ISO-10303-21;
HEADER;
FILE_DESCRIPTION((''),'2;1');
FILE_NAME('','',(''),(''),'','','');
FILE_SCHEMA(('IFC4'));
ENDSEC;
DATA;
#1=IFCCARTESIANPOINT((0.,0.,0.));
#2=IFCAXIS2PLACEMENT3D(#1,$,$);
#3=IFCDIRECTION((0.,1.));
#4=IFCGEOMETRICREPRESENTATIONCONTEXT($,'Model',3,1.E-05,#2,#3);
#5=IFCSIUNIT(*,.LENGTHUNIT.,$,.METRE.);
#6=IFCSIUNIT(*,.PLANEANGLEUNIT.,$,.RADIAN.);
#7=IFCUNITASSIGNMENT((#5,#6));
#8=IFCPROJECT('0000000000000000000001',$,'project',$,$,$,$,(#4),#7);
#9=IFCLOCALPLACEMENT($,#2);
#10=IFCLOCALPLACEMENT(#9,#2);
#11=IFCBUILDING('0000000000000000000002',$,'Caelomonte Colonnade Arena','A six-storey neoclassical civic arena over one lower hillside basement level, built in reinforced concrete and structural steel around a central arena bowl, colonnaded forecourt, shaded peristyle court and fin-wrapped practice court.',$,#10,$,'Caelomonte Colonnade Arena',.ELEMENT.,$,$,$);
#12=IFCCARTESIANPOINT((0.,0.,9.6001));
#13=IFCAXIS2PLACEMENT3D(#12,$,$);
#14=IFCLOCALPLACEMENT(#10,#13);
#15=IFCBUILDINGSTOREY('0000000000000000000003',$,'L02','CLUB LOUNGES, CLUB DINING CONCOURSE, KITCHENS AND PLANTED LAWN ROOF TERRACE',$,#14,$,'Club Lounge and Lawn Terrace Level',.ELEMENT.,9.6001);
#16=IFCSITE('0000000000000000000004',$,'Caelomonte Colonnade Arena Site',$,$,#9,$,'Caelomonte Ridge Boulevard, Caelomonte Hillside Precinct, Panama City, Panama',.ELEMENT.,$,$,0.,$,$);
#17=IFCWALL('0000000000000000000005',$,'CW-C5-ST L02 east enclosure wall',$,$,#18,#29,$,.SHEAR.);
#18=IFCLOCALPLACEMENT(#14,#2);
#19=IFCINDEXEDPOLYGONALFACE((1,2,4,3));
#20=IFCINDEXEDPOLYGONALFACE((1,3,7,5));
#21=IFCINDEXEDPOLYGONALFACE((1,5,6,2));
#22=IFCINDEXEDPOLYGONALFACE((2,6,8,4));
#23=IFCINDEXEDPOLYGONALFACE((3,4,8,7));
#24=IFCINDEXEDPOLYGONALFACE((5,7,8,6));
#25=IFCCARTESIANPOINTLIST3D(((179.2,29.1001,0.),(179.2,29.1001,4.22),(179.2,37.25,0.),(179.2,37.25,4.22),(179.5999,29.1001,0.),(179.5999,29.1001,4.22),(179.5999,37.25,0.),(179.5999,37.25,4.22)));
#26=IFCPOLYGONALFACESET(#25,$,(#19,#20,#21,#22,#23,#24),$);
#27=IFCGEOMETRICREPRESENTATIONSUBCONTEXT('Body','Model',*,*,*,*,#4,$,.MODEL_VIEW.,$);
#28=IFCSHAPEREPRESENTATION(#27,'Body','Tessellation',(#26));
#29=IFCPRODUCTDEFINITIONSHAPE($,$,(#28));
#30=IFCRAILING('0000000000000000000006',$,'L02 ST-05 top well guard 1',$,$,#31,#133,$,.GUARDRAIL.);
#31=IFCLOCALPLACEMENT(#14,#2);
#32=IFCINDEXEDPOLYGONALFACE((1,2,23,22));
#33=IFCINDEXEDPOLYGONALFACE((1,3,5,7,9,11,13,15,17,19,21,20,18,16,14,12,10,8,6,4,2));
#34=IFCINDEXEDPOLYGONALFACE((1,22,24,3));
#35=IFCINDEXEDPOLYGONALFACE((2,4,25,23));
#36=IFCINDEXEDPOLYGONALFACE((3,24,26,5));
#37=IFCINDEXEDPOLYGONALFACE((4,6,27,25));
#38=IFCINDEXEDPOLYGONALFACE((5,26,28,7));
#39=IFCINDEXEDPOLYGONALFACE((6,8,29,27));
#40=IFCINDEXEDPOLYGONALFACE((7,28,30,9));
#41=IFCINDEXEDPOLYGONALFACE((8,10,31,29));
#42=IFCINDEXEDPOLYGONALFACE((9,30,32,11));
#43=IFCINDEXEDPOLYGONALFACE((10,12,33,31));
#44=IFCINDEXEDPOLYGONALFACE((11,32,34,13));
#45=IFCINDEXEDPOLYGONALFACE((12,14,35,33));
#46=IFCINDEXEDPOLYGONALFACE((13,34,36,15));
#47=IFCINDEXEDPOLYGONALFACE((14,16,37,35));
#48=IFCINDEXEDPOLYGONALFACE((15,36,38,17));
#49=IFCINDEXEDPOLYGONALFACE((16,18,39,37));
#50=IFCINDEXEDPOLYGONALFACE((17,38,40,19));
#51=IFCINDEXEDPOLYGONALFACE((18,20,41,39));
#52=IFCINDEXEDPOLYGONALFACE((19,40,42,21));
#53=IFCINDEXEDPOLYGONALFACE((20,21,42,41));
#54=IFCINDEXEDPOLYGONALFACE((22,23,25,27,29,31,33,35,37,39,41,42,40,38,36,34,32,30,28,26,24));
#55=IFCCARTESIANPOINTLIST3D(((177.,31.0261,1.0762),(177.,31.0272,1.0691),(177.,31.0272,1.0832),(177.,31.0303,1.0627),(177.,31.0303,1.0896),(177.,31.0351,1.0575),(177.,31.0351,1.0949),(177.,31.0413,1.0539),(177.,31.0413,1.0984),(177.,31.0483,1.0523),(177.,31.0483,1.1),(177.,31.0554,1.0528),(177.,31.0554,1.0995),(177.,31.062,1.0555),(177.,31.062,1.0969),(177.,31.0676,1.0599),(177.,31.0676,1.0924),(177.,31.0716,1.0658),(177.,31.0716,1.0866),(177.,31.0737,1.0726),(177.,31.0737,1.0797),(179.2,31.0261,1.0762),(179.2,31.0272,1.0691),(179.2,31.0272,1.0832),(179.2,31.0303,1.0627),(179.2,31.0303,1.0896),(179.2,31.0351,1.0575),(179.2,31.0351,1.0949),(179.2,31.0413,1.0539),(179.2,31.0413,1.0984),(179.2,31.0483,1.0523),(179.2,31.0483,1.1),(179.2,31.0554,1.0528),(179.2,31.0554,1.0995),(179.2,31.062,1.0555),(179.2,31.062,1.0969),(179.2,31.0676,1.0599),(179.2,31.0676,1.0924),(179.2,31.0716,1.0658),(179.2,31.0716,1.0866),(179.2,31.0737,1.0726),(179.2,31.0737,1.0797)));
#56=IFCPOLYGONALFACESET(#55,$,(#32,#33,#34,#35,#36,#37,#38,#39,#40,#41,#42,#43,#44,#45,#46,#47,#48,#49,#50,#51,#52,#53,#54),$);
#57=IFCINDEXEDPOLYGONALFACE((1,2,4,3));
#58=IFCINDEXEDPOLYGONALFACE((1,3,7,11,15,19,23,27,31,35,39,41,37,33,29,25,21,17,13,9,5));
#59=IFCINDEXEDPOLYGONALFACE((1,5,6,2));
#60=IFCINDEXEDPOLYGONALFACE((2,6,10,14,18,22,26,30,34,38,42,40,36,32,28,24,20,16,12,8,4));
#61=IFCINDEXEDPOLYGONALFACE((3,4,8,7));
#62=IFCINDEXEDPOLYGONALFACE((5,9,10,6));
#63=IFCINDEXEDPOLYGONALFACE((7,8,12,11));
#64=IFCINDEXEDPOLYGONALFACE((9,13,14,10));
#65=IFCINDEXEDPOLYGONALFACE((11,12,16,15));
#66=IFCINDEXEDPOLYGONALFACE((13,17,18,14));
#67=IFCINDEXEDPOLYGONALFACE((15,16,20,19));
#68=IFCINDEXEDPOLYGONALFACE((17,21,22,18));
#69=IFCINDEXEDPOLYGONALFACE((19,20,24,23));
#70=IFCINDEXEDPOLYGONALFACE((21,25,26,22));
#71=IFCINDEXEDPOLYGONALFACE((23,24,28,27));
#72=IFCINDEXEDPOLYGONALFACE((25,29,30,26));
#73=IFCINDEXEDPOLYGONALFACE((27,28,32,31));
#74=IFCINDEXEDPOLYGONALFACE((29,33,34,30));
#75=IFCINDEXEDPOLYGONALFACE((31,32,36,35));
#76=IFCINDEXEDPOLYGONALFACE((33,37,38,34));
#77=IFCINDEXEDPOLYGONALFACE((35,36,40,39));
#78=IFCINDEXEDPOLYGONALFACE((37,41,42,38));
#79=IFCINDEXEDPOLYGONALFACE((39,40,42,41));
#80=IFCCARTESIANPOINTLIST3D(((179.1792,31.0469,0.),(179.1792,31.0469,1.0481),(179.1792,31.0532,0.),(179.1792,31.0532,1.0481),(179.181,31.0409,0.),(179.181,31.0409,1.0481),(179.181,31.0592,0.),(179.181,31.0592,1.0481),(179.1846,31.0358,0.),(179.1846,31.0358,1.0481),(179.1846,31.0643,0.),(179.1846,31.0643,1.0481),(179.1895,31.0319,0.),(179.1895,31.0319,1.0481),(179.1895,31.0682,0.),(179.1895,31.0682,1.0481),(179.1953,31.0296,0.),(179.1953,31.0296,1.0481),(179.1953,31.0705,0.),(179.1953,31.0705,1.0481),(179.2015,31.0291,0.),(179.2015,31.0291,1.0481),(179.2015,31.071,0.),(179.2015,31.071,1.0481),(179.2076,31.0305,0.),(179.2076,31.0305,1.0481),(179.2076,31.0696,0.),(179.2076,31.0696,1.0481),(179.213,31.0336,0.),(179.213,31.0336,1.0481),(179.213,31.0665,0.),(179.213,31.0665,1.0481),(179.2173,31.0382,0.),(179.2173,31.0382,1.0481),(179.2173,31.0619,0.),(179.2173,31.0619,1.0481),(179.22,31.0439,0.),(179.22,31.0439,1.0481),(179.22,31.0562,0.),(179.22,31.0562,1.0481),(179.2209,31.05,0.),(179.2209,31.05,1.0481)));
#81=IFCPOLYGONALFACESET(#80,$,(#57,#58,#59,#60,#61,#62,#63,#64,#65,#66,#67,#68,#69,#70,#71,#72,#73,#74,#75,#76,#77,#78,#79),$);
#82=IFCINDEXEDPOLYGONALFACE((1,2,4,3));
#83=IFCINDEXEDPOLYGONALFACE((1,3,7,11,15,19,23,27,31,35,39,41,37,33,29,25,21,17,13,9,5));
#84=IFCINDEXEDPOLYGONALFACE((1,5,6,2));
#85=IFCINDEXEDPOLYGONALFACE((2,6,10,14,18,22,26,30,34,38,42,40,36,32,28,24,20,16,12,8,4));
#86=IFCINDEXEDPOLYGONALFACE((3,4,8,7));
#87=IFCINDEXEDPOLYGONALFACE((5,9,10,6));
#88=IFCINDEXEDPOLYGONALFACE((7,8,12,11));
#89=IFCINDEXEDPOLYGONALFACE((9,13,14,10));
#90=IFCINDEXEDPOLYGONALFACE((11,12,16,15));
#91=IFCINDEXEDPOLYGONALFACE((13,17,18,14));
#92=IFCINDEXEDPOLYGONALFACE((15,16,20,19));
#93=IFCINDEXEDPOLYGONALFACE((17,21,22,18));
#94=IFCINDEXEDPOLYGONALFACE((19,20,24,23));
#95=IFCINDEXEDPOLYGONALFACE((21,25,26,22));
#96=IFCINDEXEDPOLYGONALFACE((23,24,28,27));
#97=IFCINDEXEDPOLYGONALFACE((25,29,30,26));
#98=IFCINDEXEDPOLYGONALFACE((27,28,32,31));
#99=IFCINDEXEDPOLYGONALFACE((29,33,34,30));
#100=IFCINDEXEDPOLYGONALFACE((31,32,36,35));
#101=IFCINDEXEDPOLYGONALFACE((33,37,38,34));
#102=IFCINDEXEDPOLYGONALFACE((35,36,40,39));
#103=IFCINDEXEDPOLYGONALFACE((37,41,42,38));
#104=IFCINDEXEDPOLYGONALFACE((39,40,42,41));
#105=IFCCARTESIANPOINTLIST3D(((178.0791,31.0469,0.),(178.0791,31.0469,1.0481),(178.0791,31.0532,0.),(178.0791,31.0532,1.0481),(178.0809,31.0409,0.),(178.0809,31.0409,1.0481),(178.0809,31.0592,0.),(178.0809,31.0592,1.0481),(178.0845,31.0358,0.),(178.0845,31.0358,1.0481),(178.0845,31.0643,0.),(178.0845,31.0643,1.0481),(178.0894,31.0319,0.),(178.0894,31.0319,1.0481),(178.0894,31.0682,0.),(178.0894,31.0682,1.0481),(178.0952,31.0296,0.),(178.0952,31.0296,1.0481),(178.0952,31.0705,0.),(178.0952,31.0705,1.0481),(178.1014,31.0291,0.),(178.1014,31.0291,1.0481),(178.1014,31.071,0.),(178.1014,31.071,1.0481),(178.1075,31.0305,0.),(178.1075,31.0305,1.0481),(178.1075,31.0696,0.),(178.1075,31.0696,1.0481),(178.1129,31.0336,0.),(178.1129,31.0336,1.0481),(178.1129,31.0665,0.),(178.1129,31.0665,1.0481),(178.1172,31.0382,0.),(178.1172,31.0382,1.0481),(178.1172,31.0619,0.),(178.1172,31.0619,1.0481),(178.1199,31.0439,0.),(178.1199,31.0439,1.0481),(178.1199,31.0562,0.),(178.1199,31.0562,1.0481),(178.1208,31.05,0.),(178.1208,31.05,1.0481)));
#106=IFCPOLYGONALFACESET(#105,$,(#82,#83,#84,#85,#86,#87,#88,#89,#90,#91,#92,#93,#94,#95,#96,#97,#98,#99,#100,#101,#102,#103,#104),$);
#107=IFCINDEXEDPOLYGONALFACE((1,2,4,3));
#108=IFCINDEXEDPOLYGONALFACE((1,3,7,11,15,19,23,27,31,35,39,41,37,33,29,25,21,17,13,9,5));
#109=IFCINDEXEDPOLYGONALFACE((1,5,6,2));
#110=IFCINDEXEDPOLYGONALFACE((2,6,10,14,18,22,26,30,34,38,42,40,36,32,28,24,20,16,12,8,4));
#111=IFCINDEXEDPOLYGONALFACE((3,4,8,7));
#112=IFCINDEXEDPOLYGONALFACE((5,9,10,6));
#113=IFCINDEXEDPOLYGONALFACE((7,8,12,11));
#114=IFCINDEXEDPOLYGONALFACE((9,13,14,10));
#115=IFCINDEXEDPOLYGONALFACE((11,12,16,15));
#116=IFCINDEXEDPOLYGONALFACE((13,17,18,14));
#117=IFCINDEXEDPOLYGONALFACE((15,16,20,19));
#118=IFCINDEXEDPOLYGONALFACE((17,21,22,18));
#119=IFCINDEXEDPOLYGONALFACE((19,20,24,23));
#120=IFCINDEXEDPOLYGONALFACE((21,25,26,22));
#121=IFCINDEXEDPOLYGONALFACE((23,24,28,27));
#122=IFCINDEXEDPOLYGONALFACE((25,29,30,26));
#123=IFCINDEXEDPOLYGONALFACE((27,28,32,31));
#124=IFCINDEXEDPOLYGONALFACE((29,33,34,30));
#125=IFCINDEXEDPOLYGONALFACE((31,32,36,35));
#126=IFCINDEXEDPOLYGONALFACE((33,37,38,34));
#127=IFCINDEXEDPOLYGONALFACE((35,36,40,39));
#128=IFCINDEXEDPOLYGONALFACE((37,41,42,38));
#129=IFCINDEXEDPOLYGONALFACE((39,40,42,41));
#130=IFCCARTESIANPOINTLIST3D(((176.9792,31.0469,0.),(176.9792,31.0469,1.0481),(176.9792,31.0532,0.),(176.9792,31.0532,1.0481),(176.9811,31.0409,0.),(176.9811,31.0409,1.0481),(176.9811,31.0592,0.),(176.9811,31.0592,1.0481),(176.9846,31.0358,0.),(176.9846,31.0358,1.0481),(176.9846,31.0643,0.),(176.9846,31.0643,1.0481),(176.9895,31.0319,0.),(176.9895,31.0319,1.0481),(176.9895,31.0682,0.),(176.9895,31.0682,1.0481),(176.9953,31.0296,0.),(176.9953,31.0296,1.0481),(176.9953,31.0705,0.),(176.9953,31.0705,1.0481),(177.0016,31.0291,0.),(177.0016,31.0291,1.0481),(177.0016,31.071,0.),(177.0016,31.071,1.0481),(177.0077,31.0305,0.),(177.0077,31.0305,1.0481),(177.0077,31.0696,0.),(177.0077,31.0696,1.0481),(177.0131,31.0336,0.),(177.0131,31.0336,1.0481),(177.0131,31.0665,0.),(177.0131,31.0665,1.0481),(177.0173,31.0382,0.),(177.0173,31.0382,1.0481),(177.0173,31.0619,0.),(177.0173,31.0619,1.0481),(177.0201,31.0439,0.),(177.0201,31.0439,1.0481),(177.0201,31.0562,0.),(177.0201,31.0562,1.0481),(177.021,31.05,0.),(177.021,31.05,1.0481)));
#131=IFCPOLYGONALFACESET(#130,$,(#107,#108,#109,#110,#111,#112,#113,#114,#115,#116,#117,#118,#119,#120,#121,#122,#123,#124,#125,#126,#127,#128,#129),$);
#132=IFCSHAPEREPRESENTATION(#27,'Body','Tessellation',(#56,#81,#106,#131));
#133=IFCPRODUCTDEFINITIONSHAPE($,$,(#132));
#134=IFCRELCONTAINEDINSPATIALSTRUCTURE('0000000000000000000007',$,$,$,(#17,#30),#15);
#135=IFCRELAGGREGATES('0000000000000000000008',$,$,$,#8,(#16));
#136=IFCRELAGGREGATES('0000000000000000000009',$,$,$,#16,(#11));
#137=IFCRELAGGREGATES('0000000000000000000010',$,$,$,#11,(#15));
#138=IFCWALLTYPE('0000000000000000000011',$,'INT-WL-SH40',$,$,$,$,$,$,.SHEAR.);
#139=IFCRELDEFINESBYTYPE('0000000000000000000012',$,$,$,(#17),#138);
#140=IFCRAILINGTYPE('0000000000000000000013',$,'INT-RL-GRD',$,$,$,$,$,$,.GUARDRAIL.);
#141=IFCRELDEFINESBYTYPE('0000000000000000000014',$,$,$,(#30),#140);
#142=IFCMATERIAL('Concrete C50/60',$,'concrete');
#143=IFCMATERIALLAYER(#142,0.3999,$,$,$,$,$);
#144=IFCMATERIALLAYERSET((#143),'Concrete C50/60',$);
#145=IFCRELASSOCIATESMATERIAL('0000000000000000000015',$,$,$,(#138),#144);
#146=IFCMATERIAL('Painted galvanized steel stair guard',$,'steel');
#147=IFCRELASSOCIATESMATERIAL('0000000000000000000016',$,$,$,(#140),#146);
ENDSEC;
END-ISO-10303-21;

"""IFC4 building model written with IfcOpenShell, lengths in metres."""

from ifc_helpers import new_model, si_unit, direction, frame, frame_2d, origin, origin_2d, place, context, subcontext, project, spatial, rectangle, circle, extrude, material, layer, layer_set, type_object, element, save


model = new_model("IFC4")

# Units and contexts
model_context = context("Model", 3, precision=1e-05, world=origin(), true_north=direction((0.0, 1.0)))
body_context = subcontext(model_context, "Body", "Model", "MODEL_VIEW")
ifc_project = project(units=[si_unit("LENGTHUNIT", "METRE"), si_unit("PLANEANGLEUNIT", "RADIAN")], contexts=[model_context])

# Site, building, storey
site_placement = place(None, origin())
site = spatial("IfcSite", under=ifc_project, at=site_placement, Name="Caelomonte Colonnade Arena Site", LongName="Caelomonte Ridge Boulevard, Caelomonte Hillside Precinct, Panama City, Panama", CompositionType="ELEMENT", RefElevation=0.0)
building_placement = place(site_placement, origin())
building = spatial("IfcBuilding", under=site, at=building_placement, Name="Caelomonte Colonnade Arena", Description="A six-storey neoclassical civic arena over one lower hillside basement level, built in reinforced concrete and structural steel around a central arena bowl, colonnaded forecourt, shaded peristyle court and fin-wrapped practice court.", LongName="Caelomonte Colonnade Arena", CompositionType="ELEMENT")
storey_placement = place(building_placement, frame((0.0, 0.0, 9.6001)))
storey = spatial("IfcBuildingStorey", under=building, at=storey_placement, Name="L02", Description="CLUB LOUNGES, CLUB DINING CONCOURSE, KITCHENS AND PLANTED LAWN ROOF TERRACE", LongName="Club Lounge and Lawn Terrace Level", CompositionType="ELEMENT", Elevation=9.6001)

# Shared definitions
ifc_material_1 = material(Name="Concrete C50/60", Category="concrete")
ifc_layer_1 = layer(ifc_material_1, 0.3999)
ifc_layer_set_1 = layer_set([ifc_layer_1], Name="Concrete C50/60")
wall_type_1 = type_object("IfcWallType", Name="INT-WL-SH40", PredefinedType="SHEAR", material=ifc_layer_set_1)

# Wall
for number, where, z_axis, x_axis, name in (
    (1, (179.3999, 29.1001, 0.0), (0.0, 0.0, 1.0), (0.0, 1.0, 0.0), "CW-C5-ST L02 east enclosure wall"),
):
    element("IfcWall", number, at=place(storey_placement, frame(where, z_axis=z_axis, x_axis=x_axis)), inside=storey, type_object=wall_type_1, Name=name, PredefinedType="SHEAR", context=body_context, shape_type="SweptSolid", body=[
        extrude(rectangle(XDim=8.1499, YDim=0.3999, at=frame_2d((4.075, 0.0))), origin(), (0.0, 0.0, 1.0), 4.22),
    ])

# Railing
ifc_material_2 = material(Name="Painted galvanized steel stair guard", Category="steel")
railing_type = type_object("IfcRailingType", Name="INT-RL-GRD", PredefinedType="GUARDRAIL", material=ifc_material_2)
railing_placement = place(storey_placement, frame((179.2, 31.05, 0.0)))
element("IfcRailing", 2, at=railing_placement, inside=storey, type_object=railing_type, Name="L02 ST-05 top well guard 1", PredefinedType="GUARDRAIL", context=body_context, shape_type="SweptSolid", body=[
    extrude(circle(Radius=0.0239, at=origin_2d()), frame((0.0, 0.0, 1.0762), z_axis=(-1.0, 0.0, 0.0), x_axis=(0.0, -1.0, 0.0)), (0.0, 0.0, 1.0), 2.2),
    extrude(circle(Radius=0.021, at=origin_2d()), origin(), (0.0, 0.0, 1.0), 1.0481),
    extrude(circle(Radius=0.021, at=origin_2d()), frame((-1.1001, 0.0, 0.0)), (0.0, 0.0, 1.0), 1.0481),
    extrude(circle(Radius=0.021, at=origin_2d()), frame((-2.2, 0.0, 0.0)), (0.0, 0.0, 1.0), 1.0481),
])

save(model, "model.ifc")
